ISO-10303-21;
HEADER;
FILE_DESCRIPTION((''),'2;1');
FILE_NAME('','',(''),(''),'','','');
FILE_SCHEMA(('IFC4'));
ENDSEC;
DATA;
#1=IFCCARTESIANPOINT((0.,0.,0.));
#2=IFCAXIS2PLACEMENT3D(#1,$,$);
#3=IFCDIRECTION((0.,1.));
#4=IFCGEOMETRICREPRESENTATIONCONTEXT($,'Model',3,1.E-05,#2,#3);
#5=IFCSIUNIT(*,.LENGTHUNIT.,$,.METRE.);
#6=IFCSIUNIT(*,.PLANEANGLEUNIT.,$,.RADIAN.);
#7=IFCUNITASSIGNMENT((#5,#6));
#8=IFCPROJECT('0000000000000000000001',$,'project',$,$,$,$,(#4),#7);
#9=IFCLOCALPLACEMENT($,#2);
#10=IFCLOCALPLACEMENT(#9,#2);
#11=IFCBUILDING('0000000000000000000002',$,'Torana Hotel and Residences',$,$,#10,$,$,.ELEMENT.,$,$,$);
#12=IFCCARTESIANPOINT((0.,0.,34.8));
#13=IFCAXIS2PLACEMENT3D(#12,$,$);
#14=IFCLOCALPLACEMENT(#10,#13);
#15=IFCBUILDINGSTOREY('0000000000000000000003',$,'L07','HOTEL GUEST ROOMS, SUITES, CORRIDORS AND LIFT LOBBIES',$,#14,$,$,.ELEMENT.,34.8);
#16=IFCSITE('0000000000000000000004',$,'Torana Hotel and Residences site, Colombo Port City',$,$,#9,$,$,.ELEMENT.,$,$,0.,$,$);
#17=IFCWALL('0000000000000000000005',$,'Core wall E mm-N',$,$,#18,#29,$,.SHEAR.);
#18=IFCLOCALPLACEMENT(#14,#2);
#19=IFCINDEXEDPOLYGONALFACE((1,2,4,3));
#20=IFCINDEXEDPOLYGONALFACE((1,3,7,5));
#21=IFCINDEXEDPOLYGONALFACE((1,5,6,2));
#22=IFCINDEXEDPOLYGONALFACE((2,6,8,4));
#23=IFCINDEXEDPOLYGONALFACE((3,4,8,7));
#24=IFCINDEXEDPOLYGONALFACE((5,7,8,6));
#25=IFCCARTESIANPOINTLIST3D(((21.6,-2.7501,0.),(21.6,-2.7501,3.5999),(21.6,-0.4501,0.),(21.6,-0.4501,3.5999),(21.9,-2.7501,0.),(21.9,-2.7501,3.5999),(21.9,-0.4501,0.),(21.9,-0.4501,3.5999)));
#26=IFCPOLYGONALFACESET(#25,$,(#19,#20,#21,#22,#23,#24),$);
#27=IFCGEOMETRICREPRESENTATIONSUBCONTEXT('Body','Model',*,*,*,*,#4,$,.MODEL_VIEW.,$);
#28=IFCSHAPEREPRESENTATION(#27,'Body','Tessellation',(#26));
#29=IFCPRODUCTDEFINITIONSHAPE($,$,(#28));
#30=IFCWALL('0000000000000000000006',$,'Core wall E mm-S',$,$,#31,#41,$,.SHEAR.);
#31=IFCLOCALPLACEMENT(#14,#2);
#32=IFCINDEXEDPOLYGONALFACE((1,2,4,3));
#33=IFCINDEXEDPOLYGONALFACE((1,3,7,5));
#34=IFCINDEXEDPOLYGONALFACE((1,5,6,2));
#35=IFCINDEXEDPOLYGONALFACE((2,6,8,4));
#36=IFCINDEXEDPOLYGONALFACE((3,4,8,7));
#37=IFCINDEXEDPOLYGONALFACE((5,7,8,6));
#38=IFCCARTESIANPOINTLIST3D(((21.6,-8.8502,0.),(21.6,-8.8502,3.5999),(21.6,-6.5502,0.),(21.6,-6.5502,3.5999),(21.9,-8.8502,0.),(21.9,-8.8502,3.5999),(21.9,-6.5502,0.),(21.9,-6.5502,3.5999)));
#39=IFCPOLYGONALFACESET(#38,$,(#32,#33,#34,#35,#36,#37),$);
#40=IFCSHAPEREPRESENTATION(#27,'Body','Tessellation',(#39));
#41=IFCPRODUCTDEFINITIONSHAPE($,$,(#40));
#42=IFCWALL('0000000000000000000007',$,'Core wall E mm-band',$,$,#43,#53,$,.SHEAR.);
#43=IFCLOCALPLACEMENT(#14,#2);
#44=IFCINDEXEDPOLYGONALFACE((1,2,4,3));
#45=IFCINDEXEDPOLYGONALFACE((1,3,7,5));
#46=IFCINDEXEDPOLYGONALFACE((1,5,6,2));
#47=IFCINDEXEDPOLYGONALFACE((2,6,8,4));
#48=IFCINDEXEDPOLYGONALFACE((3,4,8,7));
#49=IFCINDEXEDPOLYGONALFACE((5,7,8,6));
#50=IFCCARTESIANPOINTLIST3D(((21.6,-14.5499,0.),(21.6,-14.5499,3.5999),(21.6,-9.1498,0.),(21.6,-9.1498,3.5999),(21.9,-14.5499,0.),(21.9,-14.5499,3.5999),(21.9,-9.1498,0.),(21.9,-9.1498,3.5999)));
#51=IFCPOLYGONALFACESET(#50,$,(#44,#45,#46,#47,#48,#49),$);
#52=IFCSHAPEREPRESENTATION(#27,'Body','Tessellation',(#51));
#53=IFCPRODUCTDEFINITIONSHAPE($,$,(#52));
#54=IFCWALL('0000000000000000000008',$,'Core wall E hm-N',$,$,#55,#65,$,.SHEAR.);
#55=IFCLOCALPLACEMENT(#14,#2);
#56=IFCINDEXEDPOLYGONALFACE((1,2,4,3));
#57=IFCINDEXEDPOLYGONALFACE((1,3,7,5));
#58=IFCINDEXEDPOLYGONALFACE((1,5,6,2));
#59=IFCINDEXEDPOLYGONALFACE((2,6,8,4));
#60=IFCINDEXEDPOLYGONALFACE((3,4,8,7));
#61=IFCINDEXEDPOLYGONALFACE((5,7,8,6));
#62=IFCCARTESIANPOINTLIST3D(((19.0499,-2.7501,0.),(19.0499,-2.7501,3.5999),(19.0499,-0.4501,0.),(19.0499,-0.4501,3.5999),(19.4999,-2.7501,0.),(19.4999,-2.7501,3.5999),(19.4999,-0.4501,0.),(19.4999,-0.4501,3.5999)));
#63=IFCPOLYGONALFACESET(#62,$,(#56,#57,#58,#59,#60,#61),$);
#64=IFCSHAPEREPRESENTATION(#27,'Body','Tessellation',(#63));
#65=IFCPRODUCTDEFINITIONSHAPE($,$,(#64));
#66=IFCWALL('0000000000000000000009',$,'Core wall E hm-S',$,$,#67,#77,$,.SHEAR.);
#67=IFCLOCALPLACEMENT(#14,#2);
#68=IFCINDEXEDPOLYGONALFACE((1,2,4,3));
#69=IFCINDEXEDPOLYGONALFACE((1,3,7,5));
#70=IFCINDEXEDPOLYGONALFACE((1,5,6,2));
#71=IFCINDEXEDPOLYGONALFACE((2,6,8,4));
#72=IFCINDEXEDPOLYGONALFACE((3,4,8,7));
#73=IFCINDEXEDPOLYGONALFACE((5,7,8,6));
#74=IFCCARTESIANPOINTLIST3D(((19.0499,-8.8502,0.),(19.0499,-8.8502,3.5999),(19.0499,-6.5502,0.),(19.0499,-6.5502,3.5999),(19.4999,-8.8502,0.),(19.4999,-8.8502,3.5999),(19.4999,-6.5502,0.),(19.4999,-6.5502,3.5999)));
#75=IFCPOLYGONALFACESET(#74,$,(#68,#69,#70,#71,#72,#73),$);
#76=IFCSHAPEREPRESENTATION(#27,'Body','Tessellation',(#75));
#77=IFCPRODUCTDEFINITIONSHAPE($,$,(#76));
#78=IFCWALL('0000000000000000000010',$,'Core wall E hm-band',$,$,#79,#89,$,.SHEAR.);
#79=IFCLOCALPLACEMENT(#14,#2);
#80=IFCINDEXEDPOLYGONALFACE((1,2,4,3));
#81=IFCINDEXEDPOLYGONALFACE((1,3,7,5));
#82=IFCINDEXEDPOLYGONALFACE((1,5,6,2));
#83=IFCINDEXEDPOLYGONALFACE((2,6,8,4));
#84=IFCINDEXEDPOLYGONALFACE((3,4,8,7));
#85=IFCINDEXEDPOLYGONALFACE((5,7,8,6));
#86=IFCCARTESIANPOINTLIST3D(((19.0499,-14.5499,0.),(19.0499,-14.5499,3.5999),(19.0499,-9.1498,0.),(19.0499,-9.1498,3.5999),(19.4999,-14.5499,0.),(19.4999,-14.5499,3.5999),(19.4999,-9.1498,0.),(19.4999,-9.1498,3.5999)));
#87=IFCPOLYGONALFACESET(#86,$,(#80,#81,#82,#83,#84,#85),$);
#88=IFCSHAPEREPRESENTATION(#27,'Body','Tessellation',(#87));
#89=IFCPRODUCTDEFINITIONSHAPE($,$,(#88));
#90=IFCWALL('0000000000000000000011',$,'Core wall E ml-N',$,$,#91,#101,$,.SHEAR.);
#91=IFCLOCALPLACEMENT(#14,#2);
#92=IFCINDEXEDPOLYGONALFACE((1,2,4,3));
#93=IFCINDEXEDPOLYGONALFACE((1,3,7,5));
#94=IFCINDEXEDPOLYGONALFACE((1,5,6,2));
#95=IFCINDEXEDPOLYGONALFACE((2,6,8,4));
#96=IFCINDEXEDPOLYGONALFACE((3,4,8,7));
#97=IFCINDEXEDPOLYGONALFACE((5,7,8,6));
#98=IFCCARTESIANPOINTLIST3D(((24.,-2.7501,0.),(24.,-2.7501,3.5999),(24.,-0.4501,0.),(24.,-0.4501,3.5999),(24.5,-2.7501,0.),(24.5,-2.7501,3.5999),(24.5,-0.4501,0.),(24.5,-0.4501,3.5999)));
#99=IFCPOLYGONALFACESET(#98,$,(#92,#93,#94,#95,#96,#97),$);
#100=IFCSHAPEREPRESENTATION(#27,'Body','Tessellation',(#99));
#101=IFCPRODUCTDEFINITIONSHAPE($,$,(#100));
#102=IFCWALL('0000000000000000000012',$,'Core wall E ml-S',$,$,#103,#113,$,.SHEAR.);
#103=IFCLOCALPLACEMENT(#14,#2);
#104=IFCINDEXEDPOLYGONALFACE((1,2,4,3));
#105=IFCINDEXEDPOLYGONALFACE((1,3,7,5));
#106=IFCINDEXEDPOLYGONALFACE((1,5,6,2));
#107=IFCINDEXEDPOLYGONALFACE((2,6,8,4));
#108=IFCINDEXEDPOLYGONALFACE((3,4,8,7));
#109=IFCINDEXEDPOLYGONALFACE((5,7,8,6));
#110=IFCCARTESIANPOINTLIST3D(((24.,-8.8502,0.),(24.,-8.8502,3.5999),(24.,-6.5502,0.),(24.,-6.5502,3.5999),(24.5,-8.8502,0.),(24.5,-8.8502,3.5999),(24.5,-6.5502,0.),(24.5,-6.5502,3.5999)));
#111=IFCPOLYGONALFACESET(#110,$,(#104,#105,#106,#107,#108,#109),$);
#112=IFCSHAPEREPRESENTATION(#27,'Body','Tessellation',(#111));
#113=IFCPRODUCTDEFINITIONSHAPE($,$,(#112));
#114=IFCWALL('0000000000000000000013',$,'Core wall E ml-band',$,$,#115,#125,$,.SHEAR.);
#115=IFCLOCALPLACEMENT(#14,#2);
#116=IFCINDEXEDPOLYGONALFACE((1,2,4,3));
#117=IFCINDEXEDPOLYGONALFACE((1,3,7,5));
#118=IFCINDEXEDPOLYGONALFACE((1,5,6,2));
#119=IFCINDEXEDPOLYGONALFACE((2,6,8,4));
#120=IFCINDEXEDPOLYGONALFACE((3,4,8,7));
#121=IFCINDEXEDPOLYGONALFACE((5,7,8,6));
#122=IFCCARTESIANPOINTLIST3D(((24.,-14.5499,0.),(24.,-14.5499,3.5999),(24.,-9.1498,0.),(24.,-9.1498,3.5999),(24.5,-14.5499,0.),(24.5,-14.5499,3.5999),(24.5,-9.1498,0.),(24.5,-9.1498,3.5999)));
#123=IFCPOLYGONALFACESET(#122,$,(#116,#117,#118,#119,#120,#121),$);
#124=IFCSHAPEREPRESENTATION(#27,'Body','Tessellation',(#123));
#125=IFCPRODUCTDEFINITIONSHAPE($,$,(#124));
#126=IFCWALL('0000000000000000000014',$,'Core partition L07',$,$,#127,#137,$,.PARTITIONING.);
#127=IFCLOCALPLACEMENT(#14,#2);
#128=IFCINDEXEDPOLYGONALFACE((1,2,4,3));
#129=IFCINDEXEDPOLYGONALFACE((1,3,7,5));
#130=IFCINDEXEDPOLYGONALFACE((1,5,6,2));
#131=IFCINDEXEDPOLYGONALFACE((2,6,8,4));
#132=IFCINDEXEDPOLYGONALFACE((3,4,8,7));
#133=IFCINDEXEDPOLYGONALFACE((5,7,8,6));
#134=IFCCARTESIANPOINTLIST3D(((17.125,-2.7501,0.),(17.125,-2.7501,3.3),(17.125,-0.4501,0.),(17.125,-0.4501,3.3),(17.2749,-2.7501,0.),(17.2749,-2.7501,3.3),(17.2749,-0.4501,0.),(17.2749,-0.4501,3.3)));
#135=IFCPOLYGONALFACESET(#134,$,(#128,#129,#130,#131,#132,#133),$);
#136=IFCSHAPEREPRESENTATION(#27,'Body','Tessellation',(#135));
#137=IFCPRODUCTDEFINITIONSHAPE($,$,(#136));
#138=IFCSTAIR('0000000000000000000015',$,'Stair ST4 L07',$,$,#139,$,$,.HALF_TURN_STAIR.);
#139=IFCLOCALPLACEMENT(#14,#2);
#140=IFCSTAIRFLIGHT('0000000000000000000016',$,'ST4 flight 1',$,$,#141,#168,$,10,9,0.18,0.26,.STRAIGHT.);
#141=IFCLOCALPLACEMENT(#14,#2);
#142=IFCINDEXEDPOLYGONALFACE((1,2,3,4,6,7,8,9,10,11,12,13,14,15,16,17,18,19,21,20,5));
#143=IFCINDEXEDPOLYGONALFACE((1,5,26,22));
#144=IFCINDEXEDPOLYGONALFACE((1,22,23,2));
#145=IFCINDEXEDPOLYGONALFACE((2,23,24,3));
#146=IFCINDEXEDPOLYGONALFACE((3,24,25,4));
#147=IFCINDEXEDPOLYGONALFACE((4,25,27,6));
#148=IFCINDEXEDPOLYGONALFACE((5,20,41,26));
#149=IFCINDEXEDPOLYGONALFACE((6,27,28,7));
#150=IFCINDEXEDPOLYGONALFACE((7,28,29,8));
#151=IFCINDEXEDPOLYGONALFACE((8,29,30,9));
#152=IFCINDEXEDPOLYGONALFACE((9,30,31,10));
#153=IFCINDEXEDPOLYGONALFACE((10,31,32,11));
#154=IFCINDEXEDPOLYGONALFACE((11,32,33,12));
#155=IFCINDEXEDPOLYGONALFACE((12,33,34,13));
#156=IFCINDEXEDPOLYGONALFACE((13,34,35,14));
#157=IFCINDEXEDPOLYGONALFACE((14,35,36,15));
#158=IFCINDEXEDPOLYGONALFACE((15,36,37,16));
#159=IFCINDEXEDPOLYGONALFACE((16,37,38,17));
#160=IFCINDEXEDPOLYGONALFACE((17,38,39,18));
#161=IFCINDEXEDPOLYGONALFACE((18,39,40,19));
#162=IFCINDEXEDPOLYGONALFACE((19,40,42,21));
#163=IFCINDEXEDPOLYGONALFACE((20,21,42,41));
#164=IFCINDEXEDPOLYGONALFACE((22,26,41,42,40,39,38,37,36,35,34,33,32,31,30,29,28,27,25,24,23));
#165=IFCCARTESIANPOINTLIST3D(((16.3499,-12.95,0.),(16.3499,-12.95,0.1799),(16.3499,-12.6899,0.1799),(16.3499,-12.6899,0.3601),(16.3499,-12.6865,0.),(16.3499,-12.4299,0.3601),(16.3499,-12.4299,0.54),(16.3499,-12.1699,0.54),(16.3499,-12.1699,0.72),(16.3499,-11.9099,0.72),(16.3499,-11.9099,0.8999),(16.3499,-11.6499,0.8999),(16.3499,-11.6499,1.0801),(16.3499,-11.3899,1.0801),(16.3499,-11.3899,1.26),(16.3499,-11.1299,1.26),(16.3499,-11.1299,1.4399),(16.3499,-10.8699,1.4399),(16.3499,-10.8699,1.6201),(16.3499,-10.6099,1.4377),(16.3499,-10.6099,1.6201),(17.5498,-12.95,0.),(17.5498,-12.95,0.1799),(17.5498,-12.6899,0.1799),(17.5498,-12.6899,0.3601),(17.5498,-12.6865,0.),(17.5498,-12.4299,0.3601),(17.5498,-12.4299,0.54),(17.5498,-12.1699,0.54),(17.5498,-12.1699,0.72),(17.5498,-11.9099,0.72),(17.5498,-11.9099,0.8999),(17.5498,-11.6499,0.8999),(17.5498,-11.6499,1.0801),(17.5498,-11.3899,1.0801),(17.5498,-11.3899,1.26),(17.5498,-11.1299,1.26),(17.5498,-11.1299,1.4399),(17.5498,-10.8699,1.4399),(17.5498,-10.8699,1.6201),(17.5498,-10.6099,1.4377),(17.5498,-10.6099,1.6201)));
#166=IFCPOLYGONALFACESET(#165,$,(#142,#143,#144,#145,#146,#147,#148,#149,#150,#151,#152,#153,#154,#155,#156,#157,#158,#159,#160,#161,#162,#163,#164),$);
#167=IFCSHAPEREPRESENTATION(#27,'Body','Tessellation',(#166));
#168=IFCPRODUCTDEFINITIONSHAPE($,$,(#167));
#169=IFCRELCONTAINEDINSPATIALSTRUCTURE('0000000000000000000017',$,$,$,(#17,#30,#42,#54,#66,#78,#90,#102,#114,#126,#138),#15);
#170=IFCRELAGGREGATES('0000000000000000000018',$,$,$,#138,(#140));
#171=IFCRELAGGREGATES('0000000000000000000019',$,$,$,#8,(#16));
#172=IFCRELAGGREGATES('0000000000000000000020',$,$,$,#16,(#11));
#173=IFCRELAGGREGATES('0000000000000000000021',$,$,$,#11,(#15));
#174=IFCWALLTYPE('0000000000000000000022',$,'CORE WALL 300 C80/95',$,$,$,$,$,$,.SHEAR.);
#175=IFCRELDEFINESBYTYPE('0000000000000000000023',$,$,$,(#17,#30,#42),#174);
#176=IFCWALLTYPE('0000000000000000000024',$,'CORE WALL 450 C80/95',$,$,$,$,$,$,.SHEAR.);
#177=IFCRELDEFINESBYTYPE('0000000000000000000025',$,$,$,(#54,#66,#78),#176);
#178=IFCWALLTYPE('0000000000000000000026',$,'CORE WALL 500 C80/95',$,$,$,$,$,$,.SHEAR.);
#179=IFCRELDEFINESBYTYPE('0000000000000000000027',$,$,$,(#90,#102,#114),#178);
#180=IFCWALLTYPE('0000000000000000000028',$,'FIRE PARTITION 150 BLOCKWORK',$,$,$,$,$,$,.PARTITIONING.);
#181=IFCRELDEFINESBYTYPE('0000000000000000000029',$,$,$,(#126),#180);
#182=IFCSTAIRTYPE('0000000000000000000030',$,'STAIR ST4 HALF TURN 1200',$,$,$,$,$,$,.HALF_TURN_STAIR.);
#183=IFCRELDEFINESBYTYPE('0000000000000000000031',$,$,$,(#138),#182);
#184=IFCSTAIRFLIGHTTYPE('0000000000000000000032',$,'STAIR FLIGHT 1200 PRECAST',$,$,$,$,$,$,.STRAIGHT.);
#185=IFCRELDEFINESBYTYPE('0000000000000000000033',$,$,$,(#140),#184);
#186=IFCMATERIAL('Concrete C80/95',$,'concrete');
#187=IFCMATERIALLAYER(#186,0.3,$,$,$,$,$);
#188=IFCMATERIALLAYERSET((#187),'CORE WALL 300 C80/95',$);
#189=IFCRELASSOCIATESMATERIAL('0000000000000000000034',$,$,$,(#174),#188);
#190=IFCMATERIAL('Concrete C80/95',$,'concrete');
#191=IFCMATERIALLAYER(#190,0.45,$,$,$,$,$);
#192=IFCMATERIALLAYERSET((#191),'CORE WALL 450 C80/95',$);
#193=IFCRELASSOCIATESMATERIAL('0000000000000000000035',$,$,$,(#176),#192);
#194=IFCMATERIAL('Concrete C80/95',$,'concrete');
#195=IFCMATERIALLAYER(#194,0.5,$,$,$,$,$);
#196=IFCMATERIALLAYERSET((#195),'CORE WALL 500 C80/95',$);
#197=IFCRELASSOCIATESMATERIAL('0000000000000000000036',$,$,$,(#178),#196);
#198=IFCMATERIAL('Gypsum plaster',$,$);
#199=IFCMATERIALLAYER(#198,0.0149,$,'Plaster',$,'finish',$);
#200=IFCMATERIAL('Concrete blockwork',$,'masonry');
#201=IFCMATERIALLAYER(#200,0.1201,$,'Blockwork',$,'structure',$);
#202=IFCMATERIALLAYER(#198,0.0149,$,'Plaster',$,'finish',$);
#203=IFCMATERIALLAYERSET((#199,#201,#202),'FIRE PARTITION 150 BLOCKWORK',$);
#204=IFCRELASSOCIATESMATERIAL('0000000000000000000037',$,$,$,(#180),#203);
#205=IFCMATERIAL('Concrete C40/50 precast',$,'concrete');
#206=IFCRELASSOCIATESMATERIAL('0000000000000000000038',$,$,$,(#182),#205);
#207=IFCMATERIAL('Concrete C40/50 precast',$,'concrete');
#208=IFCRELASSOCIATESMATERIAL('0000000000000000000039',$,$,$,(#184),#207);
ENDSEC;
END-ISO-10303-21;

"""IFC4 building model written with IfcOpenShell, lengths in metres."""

from ifc_helpers import new_model, si_unit, direction, frame, frame_2d, origin, place, context, subcontext, project, spatial, polyline, rectangle, outline, extrude, material, layer, layer_set, type_object, element, aggregate, save


model = new_model("IFC4")

# Units and contexts
model_context = context("Model", 3, precision=1e-05, world=origin(), true_north=direction((0.0, 1.0)))
body_context = subcontext(model_context, "Body", "Model", "MODEL_VIEW")
ifc_project = project(units=[si_unit("LENGTHUNIT", "METRE"), si_unit("PLANEANGLEUNIT", "RADIAN")], contexts=[model_context])

# Site, building, storey
site_placement = place(None, origin())
site = spatial("IfcSite", under=ifc_project, at=site_placement, Name="Torana Hotel and Residences site, Colombo Port City", CompositionType="ELEMENT", RefElevation=0.0)
building_placement = place(site_placement, origin())
building = spatial("IfcBuilding", under=site, at=building_placement, Name="Torana Hotel and Residences", CompositionType="ELEMENT")
storey_placement = place(building_placement, frame((0.0, 0.0, 34.8)))
storey = spatial("IfcBuildingStorey", under=building, at=storey_placement, Name="L07", Description="HOTEL GUEST ROOMS, SUITES, CORRIDORS AND LIFT LOBBIES", CompositionType="ELEMENT", Elevation=34.8)

# Walls
ifc_material_1 = material(Name="Concrete C80/95", Category="concrete")
ifc_layer_1 = layer(ifc_material_1, 0.3)
ifc_layer_set_1 = layer_set([ifc_layer_1], Name="CORE WALL 300 C80/95")
wall_type_1 = type_object("IfcWallType", Name="CORE WALL 300 C80/95", PredefinedType="SHEAR", material=ifc_layer_set_1)
for number, where, z_axis, x_axis, name in (
    (1, (21.75, -2.75, 0.0), (0.0, 0.0, 1.0), (0.0, 1.0, 0.0), "Core wall E mm-N"),
    (2, (21.75, -8.8501, 0.0), (0.0, 0.0, 1.0), (0.0, 1.0, 0.0), "Core wall E mm-S"),
):
    element("IfcWall", number, at=place(storey_placement, frame(where, z_axis=z_axis, x_axis=x_axis)), inside=storey, type_object=wall_type_1, Name=name, PredefinedType="SHEAR", context=body_context, shape_type="SweptSolid", body=[
        extrude(rectangle(XDim=2.3, YDim=0.3, at=frame_2d((1.1499, 0.0))), origin(), (0.0, 0.0, 1.0), 3.5999),
    ])
wall_1_placement = place(storey_placement, frame((21.75, -14.55, 0.0), z_axis=(0.0, 0.0, 1.0), x_axis=(0.0, 1.0, 0.0)))
element("IfcWall", 3, at=wall_1_placement, inside=storey, type_object=wall_type_1, Name="Core wall E mm-band", PredefinedType="SHEAR", context=body_context, shape_type="SweptSolid", body=[
    extrude(rectangle(XDim=5.4001, YDim=0.3, at=frame_2d((2.7002, 0.0))), origin(), (0.0, 0.0, 1.0), 3.5999),
])
ifc_material_2 = material(Name="Concrete C80/95", Category="concrete")
ifc_layer_2 = layer(ifc_material_2, 0.45)
ifc_layer_set_2 = layer_set([ifc_layer_2], Name="CORE WALL 450 C80/95")
wall_type_2 = type_object("IfcWallType", Name="CORE WALL 450 C80/95", PredefinedType="SHEAR", material=ifc_layer_set_2)
for number, where, z_axis, x_axis, name in (
    (4, (19.2749, -2.75, 0.0), (0.0, 0.0, 1.0), (0.0, 1.0, 0.0), "Core wall E hm-N"),
    (5, (19.2749, -8.8501, 0.0), (0.0, 0.0, 1.0), (0.0, 1.0, 0.0), "Core wall E hm-S"),
):
    element("IfcWall", number, at=place(storey_placement, frame(where, z_axis=z_axis, x_axis=x_axis)), inside=storey, type_object=wall_type_2, Name=name, PredefinedType="SHEAR", context=body_context, shape_type="SweptSolid", body=[
        extrude(rectangle(XDim=2.3, YDim=0.45, at=frame_2d((1.1499, 0.0))), origin(), (0.0, 0.0, 1.0), 3.5999),
    ])
wall_2_placement = place(storey_placement, frame((19.2749, -14.55, 0.0), z_axis=(0.0, 0.0, 1.0), x_axis=(0.0, 1.0, 0.0)))
element("IfcWall", 6, at=wall_2_placement, inside=storey, type_object=wall_type_2, Name="Core wall E hm-band", PredefinedType="SHEAR", context=body_context, shape_type="SweptSolid", body=[
    extrude(rectangle(XDim=5.4001, YDim=0.45, at=frame_2d((2.7002, 0.0))), origin(), (0.0, 0.0, 1.0), 3.5999),
])
ifc_material_3 = material(Name="Concrete C80/95", Category="concrete")
ifc_layer_3 = layer(ifc_material_3, 0.5)
ifc_layer_set_3 = layer_set([ifc_layer_3], Name="CORE WALL 500 C80/95")
wall_type_3 = type_object("IfcWallType", Name="CORE WALL 500 C80/95", PredefinedType="SHEAR", material=ifc_layer_set_3)
for number, where, z_axis, x_axis, name in (
    (7, (24.25, -2.75, 0.0), (0.0, 0.0, 1.0), (0.0, 1.0, 0.0), "Core wall E ml-N"),
    (8, (24.25, -8.8501, 0.0), (0.0, 0.0, 1.0), (0.0, 1.0, 0.0), "Core wall E ml-S"),
):
    element("IfcWall", number, at=place(storey_placement, frame(where, z_axis=z_axis, x_axis=x_axis)), inside=storey, type_object=wall_type_3, Name=name, PredefinedType="SHEAR", context=body_context, shape_type="SweptSolid", body=[
        extrude(rectangle(XDim=2.3, YDim=0.5, at=frame_2d((1.1499, 0.0))), origin(), (0.0, 0.0, 1.0), 3.5999),
    ])
wall_3_placement = place(storey_placement, frame((24.25, -14.55, 0.0), z_axis=(0.0, 0.0, 1.0), x_axis=(0.0, 1.0, 0.0)))
element("IfcWall", 9, at=wall_3_placement, inside=storey, type_object=wall_type_3, Name="Core wall E ml-band", PredefinedType="SHEAR", context=body_context, shape_type="SweptSolid", body=[
    extrude(rectangle(XDim=5.4001, YDim=0.5, at=frame_2d((2.7002, 0.0))), origin(), (0.0, 0.0, 1.0), 3.5999),
])
ifc_material_4 = material(Name="Gypsum plaster")
ifc_layer_4 = layer(ifc_material_4, 0.0149, Name="Plaster", Category="finish")
ifc_material_5 = material(Name="Concrete blockwork", Category="masonry")
ifc_layer_5 = layer(ifc_material_5, 0.1201, Name="Blockwork", Category="structure")
ifc_layer_6 = layer(ifc_material_4, 0.0149, Name="Plaster", Category="finish")
ifc_layer_set_4 = layer_set([ifc_layer_4, ifc_layer_5, ifc_layer_6], Name="FIRE PARTITION 150 BLOCKWORK")
wall_type_4 = type_object("IfcWallType", Name="FIRE PARTITION 150 BLOCKWORK", PredefinedType="PARTITIONING", material=ifc_layer_set_4)
wall_4_placement = place(storey_placement, frame((17.2, -2.75, 0.0), z_axis=(0.0, 0.0, 1.0), x_axis=(0.0, 1.0, 0.0)))
element("IfcWall", 10, at=wall_4_placement, inside=storey, type_object=wall_type_4, Name="Core partition L07", PredefinedType="PARTITIONING", context=body_context, shape_type="SweptSolid", body=[
    extrude(rectangle(XDim=2.3, YDim=0.1499, at=frame_2d((1.1499, 0.0))), origin(), (0.0, 0.0, 1.0), 3.3),
])

# Stair, stair flight
ifc_material_6 = material(Name="Concrete C40/50 precast", Category="concrete")
stair_type = type_object("IfcStairType", Name="STAIR ST4 HALF TURN 1200", PredefinedType="HALF_TURN_STAIR", material=ifc_material_6)
stair_placement = place(storey_placement, origin())
stair = element("IfcStair", 11, at=stair_placement, inside=storey, type_object=stair_type, Name="Stair ST4 L07", PredefinedType="HALF_TURN_STAIR")
ifc_material_7 = material(Name="Concrete C40/50 precast", Category="concrete")
stair_flight_type = type_object("IfcStairFlightType", Name="STAIR FLIGHT 1200 PRECAST", PredefinedType="STRAIGHT", material=ifc_material_7)
stair_flight_1_placement = place(storey_placement, frame((16.95, -12.95, 0.0), z_axis=(0.0, 0.0, 1.0), x_axis=(0.0, 1.0, 0.0)))
stair_flight_1 = element("IfcStairFlight", 12, at=stair_flight_1_placement, type_object=stair_flight_type, Name="ST4 flight 1", NumberOfRisers=10, NumberOfTreads=9, PredefinedType="STRAIGHT", RiserHeight=0.18, TreadLength=0.26, context=body_context, shape_type="SweptSolid", body=[
    extrude(outline(polyline([(0.0, 0.0), (0.0, 0.1799), (0.26, 0.1799), (0.26, 0.3601), (0.52, 0.3601), (0.52, 0.54), (0.78, 0.54), (0.78, 0.72), (1.04, 0.72), (1.04, 0.8999), (1.3, 0.8999), (1.3, 1.0801), (1.5601, 1.0801), (1.5601, 1.26), (1.8201, 1.26), (1.8201, 1.4399), (2.0801, 1.4399), (2.0801, 1.6201), (2.3401, 1.6201), (2.3401, 1.8), (2.3401, 1.4377), (0.2634, 0.0), (0.0, 0.0)])), frame((0.0, 0.6001, 0.0), z_axis=(0.0, -1.0, 0.0), x_axis=(1.0, 0.0, 0.0)), (0.0, 0.0, 1.0), 1.2),
])
aggregate(stair, [stair_flight_1])

save(model, "model.ifc")
